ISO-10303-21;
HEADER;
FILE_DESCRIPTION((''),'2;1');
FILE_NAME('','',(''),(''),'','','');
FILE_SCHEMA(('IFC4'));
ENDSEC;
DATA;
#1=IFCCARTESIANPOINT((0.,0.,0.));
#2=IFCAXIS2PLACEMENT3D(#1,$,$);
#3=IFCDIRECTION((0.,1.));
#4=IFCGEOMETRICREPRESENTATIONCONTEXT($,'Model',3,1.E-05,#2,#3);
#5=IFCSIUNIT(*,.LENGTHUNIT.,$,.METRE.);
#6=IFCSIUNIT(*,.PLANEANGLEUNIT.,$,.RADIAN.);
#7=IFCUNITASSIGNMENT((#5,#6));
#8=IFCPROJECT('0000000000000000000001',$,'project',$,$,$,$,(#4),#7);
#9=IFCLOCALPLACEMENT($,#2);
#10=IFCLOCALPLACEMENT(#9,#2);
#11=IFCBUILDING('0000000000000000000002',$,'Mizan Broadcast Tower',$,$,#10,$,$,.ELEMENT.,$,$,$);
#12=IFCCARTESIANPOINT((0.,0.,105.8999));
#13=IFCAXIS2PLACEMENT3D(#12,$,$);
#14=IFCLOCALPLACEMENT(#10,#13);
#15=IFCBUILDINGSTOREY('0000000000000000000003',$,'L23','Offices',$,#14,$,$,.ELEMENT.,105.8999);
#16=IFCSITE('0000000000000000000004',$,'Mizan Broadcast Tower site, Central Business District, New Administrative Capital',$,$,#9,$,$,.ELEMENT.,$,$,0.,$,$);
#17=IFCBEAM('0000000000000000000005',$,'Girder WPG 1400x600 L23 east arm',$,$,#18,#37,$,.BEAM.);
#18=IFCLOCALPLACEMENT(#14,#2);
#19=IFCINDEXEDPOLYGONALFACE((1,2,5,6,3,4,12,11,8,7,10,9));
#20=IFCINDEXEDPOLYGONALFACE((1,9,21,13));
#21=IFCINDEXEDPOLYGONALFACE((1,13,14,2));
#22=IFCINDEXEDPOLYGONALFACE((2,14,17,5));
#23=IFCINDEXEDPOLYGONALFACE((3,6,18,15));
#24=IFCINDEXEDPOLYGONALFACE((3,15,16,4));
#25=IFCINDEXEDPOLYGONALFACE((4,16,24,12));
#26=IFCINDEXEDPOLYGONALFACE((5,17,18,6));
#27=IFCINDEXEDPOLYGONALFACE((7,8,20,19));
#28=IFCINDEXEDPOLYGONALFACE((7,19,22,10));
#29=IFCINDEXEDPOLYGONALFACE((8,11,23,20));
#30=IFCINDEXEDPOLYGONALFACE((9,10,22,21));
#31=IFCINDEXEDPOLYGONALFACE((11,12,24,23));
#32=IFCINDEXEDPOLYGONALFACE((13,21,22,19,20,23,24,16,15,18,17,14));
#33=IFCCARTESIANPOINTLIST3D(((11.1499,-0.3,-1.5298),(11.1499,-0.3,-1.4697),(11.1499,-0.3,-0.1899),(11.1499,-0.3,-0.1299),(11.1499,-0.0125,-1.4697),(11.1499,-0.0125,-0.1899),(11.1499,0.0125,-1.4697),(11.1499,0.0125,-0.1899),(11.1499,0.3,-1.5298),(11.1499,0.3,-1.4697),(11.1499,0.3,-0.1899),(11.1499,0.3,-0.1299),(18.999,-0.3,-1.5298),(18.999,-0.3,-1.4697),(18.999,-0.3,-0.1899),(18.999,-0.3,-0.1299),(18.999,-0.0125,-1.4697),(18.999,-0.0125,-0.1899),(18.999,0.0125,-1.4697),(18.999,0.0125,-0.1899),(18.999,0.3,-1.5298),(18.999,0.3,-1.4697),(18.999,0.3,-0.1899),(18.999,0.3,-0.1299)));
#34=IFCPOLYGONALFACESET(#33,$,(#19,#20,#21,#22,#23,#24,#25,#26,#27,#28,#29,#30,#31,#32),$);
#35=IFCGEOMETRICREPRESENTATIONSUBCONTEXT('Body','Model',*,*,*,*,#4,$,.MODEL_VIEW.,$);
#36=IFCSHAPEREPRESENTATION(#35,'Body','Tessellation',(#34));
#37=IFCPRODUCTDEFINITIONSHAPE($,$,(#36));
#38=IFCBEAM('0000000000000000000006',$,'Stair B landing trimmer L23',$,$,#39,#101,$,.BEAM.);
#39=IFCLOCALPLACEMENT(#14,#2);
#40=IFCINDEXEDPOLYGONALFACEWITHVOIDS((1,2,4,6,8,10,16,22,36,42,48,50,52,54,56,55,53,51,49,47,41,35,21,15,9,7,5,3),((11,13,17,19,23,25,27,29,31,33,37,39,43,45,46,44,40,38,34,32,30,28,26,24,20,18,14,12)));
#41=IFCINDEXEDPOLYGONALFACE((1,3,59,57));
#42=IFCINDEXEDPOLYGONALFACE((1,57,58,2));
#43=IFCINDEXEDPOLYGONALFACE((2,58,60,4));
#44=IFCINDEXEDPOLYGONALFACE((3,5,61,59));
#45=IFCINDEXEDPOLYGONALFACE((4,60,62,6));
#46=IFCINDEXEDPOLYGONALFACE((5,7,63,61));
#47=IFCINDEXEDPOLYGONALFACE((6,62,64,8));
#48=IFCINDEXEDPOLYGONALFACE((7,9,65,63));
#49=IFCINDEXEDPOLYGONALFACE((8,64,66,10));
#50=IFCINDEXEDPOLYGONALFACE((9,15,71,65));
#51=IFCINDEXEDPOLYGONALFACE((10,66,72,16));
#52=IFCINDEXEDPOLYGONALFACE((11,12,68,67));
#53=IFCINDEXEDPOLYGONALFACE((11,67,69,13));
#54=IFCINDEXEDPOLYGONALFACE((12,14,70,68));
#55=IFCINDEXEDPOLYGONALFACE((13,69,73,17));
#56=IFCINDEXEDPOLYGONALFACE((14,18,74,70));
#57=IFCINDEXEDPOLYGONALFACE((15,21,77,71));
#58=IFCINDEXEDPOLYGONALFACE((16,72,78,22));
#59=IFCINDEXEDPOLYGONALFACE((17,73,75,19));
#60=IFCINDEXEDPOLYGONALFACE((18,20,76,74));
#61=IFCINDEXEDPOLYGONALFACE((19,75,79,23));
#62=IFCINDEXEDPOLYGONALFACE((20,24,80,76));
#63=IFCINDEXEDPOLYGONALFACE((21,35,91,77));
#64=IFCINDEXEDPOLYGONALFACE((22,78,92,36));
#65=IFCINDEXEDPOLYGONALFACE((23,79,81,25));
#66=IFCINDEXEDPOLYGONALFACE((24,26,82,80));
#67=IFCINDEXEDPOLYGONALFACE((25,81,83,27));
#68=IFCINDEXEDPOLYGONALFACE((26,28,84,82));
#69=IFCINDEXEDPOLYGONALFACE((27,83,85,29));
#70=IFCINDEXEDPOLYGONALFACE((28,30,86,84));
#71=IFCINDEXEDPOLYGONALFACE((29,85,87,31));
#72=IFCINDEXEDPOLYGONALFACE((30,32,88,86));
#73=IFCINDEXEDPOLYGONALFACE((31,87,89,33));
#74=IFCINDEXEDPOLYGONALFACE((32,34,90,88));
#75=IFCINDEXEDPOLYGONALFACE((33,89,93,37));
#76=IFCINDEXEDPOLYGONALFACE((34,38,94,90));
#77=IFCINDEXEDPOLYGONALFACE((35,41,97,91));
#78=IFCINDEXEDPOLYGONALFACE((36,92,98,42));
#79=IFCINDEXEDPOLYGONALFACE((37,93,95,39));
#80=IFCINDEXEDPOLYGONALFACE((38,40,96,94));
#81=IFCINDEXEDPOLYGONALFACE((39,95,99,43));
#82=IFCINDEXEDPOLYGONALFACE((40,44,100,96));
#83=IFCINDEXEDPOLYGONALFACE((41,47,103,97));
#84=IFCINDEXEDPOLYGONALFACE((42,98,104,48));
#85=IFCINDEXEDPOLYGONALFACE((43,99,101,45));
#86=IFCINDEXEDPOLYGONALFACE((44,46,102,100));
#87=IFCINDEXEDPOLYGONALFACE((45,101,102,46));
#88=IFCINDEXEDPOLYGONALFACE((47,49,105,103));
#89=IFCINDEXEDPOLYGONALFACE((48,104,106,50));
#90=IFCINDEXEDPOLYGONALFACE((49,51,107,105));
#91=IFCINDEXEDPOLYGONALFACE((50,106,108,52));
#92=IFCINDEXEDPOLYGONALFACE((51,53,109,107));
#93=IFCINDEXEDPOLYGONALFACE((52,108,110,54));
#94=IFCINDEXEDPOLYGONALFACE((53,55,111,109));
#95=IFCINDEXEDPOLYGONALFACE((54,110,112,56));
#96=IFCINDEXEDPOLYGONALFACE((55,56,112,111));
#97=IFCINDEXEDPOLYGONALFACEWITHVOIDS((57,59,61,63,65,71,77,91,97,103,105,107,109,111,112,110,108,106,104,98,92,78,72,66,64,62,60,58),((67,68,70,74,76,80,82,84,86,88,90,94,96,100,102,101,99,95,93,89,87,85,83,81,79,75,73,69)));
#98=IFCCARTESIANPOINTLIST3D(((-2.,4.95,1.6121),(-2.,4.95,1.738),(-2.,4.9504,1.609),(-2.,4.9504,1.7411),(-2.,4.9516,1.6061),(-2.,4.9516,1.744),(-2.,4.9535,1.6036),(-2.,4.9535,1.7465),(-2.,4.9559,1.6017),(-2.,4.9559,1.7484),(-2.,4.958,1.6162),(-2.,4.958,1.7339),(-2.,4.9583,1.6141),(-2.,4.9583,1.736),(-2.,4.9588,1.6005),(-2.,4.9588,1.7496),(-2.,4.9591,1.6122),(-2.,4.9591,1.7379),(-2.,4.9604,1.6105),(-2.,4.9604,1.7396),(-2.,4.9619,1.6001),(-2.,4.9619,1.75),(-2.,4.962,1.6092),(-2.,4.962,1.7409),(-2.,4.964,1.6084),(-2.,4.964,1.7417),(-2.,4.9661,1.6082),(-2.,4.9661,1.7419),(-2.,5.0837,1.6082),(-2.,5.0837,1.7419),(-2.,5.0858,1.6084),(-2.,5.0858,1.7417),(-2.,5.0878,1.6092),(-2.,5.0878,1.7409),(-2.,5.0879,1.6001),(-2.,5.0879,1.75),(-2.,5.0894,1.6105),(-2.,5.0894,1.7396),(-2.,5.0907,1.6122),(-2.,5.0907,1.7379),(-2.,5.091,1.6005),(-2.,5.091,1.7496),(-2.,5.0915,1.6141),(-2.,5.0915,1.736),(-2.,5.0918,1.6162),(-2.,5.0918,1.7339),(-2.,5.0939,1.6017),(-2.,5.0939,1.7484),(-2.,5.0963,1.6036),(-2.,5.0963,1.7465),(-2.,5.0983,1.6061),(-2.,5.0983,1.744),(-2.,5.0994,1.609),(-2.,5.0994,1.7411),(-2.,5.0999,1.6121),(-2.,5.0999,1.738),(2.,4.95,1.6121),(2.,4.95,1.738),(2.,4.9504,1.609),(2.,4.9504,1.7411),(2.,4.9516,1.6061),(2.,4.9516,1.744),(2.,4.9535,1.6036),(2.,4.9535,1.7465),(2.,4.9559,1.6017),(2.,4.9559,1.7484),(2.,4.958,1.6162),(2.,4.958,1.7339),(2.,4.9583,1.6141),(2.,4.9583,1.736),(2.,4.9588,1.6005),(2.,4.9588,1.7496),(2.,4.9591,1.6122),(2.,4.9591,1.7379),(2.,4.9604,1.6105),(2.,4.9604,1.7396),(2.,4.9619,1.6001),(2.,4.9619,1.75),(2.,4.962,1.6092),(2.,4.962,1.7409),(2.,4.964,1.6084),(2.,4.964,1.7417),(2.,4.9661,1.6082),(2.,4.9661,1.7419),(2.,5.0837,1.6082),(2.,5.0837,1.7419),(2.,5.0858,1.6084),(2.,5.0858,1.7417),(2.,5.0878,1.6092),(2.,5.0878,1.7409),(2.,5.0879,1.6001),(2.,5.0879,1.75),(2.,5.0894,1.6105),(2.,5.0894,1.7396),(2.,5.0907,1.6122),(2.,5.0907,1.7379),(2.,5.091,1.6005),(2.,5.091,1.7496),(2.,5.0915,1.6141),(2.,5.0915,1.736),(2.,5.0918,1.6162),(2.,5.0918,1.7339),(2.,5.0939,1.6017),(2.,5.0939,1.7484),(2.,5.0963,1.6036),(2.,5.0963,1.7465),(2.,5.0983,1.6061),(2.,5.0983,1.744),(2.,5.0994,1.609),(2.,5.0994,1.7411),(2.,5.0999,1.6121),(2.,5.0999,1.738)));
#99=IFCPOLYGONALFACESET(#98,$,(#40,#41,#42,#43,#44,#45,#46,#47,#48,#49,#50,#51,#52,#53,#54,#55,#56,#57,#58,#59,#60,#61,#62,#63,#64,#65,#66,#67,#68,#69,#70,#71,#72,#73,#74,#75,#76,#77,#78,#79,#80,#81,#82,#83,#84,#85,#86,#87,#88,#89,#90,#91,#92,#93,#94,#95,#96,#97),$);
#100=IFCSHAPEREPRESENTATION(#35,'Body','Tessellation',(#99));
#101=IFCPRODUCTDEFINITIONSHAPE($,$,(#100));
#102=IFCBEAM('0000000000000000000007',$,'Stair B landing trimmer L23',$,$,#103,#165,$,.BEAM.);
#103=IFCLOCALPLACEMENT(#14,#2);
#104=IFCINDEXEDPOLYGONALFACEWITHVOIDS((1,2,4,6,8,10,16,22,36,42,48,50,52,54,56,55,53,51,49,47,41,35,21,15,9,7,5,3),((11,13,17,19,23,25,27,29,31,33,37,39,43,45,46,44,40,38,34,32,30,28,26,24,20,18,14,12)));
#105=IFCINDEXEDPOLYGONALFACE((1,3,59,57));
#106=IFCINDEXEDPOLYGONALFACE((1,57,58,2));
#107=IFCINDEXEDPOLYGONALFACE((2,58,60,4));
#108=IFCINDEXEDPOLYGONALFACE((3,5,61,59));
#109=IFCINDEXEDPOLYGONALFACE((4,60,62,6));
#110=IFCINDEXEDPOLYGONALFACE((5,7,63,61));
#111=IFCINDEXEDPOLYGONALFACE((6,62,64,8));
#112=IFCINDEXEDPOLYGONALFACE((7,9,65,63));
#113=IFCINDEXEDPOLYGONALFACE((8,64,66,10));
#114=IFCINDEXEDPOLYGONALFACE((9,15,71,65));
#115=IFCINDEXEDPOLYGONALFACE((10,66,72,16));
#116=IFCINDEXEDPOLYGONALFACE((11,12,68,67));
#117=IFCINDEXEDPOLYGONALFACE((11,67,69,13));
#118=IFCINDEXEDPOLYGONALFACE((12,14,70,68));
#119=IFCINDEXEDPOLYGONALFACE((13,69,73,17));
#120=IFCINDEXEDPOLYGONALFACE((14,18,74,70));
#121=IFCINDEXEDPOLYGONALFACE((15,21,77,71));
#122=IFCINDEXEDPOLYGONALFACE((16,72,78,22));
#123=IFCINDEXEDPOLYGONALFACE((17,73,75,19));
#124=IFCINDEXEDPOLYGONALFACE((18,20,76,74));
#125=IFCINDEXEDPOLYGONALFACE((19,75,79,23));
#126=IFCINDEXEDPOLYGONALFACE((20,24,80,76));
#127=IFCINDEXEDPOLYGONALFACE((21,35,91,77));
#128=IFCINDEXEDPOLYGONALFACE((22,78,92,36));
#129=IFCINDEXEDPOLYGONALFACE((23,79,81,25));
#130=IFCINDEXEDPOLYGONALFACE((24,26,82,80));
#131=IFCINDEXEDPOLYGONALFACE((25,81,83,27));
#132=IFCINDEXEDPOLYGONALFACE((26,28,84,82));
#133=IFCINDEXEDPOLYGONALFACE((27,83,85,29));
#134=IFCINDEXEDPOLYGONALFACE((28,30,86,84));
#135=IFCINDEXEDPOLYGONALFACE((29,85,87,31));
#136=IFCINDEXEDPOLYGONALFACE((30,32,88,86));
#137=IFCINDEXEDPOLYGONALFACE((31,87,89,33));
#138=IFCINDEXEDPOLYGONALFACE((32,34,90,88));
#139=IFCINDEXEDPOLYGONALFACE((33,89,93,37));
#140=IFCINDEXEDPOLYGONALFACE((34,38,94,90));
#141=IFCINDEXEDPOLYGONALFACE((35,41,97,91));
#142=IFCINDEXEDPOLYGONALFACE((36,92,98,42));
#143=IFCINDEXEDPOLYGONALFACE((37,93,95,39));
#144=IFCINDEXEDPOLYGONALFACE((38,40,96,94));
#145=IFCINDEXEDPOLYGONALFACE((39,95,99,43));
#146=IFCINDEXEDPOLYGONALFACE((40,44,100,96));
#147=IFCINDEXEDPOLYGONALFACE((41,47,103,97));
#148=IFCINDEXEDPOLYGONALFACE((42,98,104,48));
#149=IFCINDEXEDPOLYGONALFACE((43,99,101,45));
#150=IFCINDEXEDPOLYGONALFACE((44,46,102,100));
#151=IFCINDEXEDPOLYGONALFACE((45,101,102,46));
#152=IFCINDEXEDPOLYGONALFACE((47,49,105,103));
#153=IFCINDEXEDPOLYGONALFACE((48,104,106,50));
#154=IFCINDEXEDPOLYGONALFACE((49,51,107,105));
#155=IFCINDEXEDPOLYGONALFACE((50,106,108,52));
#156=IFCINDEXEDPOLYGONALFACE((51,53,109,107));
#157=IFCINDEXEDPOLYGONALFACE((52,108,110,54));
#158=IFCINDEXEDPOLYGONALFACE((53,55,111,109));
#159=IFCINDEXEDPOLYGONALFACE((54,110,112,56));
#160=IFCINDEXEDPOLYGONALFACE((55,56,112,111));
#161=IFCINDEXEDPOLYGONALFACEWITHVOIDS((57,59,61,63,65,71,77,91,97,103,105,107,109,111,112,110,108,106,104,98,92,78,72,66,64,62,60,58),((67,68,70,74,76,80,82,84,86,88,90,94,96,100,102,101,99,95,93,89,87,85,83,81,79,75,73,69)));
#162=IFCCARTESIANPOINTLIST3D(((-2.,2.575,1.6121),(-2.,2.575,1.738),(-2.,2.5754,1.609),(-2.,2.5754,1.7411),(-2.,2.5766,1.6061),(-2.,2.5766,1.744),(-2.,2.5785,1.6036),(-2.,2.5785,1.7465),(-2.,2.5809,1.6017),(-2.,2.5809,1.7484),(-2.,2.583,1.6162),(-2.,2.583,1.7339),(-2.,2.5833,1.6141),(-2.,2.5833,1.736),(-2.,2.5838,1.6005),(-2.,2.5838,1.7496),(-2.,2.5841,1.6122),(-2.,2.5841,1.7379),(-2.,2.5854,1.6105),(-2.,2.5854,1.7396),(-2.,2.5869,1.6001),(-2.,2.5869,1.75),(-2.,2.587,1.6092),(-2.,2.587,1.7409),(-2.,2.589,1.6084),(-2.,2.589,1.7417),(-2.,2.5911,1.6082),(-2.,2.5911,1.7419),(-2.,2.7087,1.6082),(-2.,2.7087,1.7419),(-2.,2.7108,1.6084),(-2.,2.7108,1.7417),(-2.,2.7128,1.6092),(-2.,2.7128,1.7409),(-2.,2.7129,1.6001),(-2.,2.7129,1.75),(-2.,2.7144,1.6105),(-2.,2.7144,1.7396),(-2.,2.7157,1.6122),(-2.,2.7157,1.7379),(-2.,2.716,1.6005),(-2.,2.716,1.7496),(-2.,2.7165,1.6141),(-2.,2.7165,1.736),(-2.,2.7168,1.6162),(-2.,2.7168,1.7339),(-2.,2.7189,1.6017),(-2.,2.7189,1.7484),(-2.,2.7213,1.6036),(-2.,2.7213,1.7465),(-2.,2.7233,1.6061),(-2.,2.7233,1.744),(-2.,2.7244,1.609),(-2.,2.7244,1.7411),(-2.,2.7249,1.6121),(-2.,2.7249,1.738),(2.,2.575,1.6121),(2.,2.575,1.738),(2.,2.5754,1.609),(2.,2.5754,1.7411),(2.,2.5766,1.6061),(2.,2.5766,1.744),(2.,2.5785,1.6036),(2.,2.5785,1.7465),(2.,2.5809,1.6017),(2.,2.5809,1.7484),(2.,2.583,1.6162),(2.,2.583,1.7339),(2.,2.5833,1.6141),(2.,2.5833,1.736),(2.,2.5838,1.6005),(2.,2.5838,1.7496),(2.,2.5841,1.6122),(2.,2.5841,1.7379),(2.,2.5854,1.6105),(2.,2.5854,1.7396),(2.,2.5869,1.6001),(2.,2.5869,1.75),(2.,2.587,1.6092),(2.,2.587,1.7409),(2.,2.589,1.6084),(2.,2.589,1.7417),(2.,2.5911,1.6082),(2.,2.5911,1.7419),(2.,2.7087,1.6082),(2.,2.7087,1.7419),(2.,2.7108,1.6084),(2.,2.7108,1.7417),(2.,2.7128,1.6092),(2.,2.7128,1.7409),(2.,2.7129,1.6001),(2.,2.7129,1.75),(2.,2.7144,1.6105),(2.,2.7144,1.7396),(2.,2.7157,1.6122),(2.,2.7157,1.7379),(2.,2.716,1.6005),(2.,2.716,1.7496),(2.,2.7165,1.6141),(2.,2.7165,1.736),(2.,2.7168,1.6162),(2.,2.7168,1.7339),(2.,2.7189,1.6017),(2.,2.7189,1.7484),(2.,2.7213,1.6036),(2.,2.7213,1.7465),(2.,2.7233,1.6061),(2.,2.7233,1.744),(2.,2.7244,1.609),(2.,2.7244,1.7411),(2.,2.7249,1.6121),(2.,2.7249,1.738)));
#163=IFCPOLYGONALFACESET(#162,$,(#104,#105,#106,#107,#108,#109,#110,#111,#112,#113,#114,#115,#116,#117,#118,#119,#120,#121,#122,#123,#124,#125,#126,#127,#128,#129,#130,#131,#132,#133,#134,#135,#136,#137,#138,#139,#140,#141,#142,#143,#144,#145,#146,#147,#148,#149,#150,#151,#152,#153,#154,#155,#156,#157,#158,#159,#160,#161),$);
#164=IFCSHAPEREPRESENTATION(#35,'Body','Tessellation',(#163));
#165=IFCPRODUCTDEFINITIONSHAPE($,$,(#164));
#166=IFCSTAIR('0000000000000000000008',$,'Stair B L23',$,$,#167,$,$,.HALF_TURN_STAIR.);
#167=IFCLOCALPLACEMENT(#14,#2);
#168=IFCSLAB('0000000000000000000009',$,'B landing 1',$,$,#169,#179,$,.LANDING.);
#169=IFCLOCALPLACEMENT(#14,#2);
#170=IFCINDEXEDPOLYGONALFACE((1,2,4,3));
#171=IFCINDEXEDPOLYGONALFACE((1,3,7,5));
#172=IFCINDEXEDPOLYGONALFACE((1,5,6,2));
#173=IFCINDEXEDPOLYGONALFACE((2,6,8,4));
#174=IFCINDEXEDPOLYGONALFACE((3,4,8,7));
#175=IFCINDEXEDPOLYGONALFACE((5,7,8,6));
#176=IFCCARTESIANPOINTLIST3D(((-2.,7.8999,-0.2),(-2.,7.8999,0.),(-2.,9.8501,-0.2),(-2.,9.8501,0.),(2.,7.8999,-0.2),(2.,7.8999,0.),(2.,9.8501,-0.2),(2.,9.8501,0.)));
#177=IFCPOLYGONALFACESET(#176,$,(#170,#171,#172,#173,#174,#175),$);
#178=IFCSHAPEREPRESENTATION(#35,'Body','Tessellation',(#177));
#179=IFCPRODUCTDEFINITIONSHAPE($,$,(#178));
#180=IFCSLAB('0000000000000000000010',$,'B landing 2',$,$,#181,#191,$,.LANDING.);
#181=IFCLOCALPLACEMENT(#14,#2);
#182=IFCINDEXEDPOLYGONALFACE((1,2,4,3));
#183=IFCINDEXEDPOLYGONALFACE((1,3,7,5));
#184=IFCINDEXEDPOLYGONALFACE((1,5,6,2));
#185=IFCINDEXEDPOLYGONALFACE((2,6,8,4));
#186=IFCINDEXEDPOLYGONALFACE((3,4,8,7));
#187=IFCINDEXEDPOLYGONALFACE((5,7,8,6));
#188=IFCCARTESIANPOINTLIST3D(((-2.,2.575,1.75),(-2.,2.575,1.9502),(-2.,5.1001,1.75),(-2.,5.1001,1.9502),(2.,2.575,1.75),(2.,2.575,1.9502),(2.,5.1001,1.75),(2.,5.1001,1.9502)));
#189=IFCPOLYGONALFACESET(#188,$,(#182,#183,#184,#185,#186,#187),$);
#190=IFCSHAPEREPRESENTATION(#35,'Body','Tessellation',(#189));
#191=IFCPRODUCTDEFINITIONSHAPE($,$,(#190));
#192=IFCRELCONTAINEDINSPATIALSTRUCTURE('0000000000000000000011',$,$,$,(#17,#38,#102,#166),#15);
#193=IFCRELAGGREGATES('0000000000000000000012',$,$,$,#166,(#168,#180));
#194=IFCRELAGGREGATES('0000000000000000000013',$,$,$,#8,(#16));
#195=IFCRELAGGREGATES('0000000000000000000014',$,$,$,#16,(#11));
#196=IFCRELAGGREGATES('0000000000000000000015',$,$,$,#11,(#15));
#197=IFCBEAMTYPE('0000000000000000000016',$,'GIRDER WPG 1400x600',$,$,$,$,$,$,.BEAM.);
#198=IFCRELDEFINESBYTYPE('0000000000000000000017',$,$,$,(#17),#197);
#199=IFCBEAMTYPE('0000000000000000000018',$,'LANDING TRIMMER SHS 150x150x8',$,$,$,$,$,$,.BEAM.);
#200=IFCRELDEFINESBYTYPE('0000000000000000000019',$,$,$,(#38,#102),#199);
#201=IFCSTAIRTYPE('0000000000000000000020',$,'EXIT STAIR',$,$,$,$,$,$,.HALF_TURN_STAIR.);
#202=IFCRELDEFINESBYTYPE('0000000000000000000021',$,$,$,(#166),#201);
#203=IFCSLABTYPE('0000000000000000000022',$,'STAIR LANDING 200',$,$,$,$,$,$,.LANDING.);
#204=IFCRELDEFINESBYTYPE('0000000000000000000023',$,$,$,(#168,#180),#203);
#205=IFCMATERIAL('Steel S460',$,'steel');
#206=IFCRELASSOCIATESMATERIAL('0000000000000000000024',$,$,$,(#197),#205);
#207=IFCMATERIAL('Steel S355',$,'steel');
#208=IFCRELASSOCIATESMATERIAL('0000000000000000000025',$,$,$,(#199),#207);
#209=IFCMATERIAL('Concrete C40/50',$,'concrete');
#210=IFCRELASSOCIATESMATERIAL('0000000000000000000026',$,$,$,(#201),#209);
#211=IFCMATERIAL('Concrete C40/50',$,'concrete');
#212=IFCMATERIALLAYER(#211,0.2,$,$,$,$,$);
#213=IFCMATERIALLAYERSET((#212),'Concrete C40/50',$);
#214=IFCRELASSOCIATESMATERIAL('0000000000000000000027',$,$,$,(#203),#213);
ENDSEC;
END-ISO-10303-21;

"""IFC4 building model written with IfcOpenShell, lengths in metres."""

from ifc_helpers import new_model, si_unit, direction, frame, origin, origin_2d, place, context, subcontext, project, spatial, polyline, hollow_rectangle, i_section, outline, extrude, material, layer, layer_set, material_profile, profile_set, type_object, element, aggregate, save


model = new_model("IFC4")

# Units and contexts
model_context = context("Model", 3, precision=1e-05, world=origin(), true_north=direction((0.0, 1.0)))
body_context = subcontext(model_context, "Body", "Model", "MODEL_VIEW")
ifc_project = project(units=[si_unit("LENGTHUNIT", "METRE"), si_unit("PLANEANGLEUNIT", "RADIAN")], contexts=[model_context])

# Site, building, storey
site_placement = place(None, origin())
site = spatial("IfcSite", under=ifc_project, at=site_placement, Name="Mizan Broadcast Tower site, Central Business District, New Administrative Capital", CompositionType="ELEMENT", RefElevation=0.0)
building_placement = place(site_placement, origin())
building = spatial("IfcBuilding", under=site, at=building_placement, Name="Mizan Broadcast Tower", CompositionType="ELEMENT")
storey_placement = place(building_placement, frame((0.0, 0.0, 105.8999)))
storey = spatial("IfcBuildingStorey", under=building, at=storey_placement, Name="L23", Description="Offices", CompositionType="ELEMENT", Elevation=105.8999)

# Beams
ifc_material_1 = material(Name="Steel S460", Category="steel")
ifc_material_profile_1 = material_profile(ifc_material_1, i_section(OverallWidth=0.6001, OverallDepth=1.3999, WebThickness=0.0249, FlangeThickness=0.0601, at=origin_2d()), Name="WPG 1400x600")
ifc_profile_set_1 = profile_set([ifc_material_profile_1], Name="Steel S460")
beam_type_1 = type_object("IfcBeamType", Name="GIRDER WPG 1400x600", PredefinedType="BEAM", material=ifc_profile_set_1)
beam_placement = place(storey_placement, frame((11.1499, 0.0, -0.8298), z_axis=(1.0, 0.0, 0.0), x_axis=(0.0, 1.0, 0.0)))
element("IfcBeam", 1, at=beam_placement, inside=storey, type_object=beam_type_1, Name="Girder WPG 1400x600 L23 east arm", PredefinedType="BEAM", context=body_context, shape_type="SweptSolid", body=[
    extrude(i_section(OverallWidth=0.6001, OverallDepth=1.3999, WebThickness=0.0249, FlangeThickness=0.0601, at=origin_2d()), origin(), (0.0, 0.0, 1.0), 7.8491),
])
ifc_material_2 = material(Name="Steel S355", Category="steel")
ifc_material_profile_2 = material_profile(ifc_material_2, hollow_rectangle(XDim=0.1499, YDim=0.1499, WallThickness=0.0081, InnerFilletRadius=0.0081, OuterFilletRadius=0.012, at=origin_2d()), Name="SHS 150x150x8")
ifc_profile_set_2 = profile_set([ifc_material_profile_2], Name="Steel S355")
beam_type_2 = type_object("IfcBeamType", Name="LANDING TRIMMER SHS 150x150x8", PredefinedType="BEAM", material=ifc_profile_set_2)
for number, where, z_axis, x_axis, name in (
    (2, (2.0, 5.0249, 1.675), (-1.0, 0.0, 0.0), (0.0, -1.0, 0.0), "Stair B landing trimmer L23"),
    (3, (2.0, 2.6499, 1.675), (-1.0, 0.0, 0.0), (0.0, -1.0, 0.0), "Stair B landing trimmer L23"),
):
    element("IfcBeam", number, at=place(storey_placement, frame(where, z_axis=z_axis, x_axis=x_axis)), inside=storey, type_object=beam_type_2, Name=name, PredefinedType="BEAM", context=body_context, shape_type="SweptSolid", body=[
        extrude(hollow_rectangle(XDim=0.1499, YDim=0.1499, WallThickness=0.0081, InnerFilletRadius=0.0081, OuterFilletRadius=0.012, at=origin_2d()), origin(), (0.0, 0.0, 1.0), 4.0),
    ])

# Stair, slabs
ifc_material_3 = material(Name="Concrete C40/50", Category="concrete")
stair_type = type_object("IfcStairType", Name="EXIT STAIR", PredefinedType="HALF_TURN_STAIR", material=ifc_material_3)
stair_placement = place(storey_placement, origin())
stair = element("IfcStair", 4, at=stair_placement, inside=storey, type_object=stair_type, Name="Stair B L23", PredefinedType="HALF_TURN_STAIR")
ifc_material_4 = material(Name="Concrete C40/50", Category="concrete")
ifc_layer_1 = layer(ifc_material_4, 0.2)
ifc_layer_set_1 = layer_set([ifc_layer_1], Name="Concrete C40/50")
slab_type = type_object("IfcSlabType", Name="STAIR LANDING 200", PredefinedType="LANDING", material=ifc_layer_set_1)
slab_1_placement = place(storey_placement, frame((0.0, 0.0, -0.2)))
slab_1 = element("IfcSlab", 5, at=slab_1_placement, type_object=slab_type, Name="B landing 1", PredefinedType="LANDING", context=body_context, shape_type="SweptSolid", body=[
    extrude(outline(polyline([(2.0, 9.8501), (2.0, 7.8999), (-2.0, 7.8999), (-2.0, 9.8501), (2.0, 9.8501)])), origin(), (0.0, 0.0, 1.0), 0.2),
])
slab_2_placement = place(storey_placement, frame((0.0, 0.0, 1.75)))
slab_2 = element("IfcSlab", 6, at=slab_2_placement, type_object=slab_type, Name="B landing 2", PredefinedType="LANDING", context=body_context, shape_type="SweptSolid", body=[
    extrude(outline(polyline([(2.0, 5.1001), (2.0, 2.575), (-2.0, 2.575), (-2.0, 5.1001), (2.0, 5.1001)])), origin(), (0.0, 0.0, 1.0), 0.2002),
])

aggregate(stair, [slab_1, slab_2])

save(model, "model.ifc")
